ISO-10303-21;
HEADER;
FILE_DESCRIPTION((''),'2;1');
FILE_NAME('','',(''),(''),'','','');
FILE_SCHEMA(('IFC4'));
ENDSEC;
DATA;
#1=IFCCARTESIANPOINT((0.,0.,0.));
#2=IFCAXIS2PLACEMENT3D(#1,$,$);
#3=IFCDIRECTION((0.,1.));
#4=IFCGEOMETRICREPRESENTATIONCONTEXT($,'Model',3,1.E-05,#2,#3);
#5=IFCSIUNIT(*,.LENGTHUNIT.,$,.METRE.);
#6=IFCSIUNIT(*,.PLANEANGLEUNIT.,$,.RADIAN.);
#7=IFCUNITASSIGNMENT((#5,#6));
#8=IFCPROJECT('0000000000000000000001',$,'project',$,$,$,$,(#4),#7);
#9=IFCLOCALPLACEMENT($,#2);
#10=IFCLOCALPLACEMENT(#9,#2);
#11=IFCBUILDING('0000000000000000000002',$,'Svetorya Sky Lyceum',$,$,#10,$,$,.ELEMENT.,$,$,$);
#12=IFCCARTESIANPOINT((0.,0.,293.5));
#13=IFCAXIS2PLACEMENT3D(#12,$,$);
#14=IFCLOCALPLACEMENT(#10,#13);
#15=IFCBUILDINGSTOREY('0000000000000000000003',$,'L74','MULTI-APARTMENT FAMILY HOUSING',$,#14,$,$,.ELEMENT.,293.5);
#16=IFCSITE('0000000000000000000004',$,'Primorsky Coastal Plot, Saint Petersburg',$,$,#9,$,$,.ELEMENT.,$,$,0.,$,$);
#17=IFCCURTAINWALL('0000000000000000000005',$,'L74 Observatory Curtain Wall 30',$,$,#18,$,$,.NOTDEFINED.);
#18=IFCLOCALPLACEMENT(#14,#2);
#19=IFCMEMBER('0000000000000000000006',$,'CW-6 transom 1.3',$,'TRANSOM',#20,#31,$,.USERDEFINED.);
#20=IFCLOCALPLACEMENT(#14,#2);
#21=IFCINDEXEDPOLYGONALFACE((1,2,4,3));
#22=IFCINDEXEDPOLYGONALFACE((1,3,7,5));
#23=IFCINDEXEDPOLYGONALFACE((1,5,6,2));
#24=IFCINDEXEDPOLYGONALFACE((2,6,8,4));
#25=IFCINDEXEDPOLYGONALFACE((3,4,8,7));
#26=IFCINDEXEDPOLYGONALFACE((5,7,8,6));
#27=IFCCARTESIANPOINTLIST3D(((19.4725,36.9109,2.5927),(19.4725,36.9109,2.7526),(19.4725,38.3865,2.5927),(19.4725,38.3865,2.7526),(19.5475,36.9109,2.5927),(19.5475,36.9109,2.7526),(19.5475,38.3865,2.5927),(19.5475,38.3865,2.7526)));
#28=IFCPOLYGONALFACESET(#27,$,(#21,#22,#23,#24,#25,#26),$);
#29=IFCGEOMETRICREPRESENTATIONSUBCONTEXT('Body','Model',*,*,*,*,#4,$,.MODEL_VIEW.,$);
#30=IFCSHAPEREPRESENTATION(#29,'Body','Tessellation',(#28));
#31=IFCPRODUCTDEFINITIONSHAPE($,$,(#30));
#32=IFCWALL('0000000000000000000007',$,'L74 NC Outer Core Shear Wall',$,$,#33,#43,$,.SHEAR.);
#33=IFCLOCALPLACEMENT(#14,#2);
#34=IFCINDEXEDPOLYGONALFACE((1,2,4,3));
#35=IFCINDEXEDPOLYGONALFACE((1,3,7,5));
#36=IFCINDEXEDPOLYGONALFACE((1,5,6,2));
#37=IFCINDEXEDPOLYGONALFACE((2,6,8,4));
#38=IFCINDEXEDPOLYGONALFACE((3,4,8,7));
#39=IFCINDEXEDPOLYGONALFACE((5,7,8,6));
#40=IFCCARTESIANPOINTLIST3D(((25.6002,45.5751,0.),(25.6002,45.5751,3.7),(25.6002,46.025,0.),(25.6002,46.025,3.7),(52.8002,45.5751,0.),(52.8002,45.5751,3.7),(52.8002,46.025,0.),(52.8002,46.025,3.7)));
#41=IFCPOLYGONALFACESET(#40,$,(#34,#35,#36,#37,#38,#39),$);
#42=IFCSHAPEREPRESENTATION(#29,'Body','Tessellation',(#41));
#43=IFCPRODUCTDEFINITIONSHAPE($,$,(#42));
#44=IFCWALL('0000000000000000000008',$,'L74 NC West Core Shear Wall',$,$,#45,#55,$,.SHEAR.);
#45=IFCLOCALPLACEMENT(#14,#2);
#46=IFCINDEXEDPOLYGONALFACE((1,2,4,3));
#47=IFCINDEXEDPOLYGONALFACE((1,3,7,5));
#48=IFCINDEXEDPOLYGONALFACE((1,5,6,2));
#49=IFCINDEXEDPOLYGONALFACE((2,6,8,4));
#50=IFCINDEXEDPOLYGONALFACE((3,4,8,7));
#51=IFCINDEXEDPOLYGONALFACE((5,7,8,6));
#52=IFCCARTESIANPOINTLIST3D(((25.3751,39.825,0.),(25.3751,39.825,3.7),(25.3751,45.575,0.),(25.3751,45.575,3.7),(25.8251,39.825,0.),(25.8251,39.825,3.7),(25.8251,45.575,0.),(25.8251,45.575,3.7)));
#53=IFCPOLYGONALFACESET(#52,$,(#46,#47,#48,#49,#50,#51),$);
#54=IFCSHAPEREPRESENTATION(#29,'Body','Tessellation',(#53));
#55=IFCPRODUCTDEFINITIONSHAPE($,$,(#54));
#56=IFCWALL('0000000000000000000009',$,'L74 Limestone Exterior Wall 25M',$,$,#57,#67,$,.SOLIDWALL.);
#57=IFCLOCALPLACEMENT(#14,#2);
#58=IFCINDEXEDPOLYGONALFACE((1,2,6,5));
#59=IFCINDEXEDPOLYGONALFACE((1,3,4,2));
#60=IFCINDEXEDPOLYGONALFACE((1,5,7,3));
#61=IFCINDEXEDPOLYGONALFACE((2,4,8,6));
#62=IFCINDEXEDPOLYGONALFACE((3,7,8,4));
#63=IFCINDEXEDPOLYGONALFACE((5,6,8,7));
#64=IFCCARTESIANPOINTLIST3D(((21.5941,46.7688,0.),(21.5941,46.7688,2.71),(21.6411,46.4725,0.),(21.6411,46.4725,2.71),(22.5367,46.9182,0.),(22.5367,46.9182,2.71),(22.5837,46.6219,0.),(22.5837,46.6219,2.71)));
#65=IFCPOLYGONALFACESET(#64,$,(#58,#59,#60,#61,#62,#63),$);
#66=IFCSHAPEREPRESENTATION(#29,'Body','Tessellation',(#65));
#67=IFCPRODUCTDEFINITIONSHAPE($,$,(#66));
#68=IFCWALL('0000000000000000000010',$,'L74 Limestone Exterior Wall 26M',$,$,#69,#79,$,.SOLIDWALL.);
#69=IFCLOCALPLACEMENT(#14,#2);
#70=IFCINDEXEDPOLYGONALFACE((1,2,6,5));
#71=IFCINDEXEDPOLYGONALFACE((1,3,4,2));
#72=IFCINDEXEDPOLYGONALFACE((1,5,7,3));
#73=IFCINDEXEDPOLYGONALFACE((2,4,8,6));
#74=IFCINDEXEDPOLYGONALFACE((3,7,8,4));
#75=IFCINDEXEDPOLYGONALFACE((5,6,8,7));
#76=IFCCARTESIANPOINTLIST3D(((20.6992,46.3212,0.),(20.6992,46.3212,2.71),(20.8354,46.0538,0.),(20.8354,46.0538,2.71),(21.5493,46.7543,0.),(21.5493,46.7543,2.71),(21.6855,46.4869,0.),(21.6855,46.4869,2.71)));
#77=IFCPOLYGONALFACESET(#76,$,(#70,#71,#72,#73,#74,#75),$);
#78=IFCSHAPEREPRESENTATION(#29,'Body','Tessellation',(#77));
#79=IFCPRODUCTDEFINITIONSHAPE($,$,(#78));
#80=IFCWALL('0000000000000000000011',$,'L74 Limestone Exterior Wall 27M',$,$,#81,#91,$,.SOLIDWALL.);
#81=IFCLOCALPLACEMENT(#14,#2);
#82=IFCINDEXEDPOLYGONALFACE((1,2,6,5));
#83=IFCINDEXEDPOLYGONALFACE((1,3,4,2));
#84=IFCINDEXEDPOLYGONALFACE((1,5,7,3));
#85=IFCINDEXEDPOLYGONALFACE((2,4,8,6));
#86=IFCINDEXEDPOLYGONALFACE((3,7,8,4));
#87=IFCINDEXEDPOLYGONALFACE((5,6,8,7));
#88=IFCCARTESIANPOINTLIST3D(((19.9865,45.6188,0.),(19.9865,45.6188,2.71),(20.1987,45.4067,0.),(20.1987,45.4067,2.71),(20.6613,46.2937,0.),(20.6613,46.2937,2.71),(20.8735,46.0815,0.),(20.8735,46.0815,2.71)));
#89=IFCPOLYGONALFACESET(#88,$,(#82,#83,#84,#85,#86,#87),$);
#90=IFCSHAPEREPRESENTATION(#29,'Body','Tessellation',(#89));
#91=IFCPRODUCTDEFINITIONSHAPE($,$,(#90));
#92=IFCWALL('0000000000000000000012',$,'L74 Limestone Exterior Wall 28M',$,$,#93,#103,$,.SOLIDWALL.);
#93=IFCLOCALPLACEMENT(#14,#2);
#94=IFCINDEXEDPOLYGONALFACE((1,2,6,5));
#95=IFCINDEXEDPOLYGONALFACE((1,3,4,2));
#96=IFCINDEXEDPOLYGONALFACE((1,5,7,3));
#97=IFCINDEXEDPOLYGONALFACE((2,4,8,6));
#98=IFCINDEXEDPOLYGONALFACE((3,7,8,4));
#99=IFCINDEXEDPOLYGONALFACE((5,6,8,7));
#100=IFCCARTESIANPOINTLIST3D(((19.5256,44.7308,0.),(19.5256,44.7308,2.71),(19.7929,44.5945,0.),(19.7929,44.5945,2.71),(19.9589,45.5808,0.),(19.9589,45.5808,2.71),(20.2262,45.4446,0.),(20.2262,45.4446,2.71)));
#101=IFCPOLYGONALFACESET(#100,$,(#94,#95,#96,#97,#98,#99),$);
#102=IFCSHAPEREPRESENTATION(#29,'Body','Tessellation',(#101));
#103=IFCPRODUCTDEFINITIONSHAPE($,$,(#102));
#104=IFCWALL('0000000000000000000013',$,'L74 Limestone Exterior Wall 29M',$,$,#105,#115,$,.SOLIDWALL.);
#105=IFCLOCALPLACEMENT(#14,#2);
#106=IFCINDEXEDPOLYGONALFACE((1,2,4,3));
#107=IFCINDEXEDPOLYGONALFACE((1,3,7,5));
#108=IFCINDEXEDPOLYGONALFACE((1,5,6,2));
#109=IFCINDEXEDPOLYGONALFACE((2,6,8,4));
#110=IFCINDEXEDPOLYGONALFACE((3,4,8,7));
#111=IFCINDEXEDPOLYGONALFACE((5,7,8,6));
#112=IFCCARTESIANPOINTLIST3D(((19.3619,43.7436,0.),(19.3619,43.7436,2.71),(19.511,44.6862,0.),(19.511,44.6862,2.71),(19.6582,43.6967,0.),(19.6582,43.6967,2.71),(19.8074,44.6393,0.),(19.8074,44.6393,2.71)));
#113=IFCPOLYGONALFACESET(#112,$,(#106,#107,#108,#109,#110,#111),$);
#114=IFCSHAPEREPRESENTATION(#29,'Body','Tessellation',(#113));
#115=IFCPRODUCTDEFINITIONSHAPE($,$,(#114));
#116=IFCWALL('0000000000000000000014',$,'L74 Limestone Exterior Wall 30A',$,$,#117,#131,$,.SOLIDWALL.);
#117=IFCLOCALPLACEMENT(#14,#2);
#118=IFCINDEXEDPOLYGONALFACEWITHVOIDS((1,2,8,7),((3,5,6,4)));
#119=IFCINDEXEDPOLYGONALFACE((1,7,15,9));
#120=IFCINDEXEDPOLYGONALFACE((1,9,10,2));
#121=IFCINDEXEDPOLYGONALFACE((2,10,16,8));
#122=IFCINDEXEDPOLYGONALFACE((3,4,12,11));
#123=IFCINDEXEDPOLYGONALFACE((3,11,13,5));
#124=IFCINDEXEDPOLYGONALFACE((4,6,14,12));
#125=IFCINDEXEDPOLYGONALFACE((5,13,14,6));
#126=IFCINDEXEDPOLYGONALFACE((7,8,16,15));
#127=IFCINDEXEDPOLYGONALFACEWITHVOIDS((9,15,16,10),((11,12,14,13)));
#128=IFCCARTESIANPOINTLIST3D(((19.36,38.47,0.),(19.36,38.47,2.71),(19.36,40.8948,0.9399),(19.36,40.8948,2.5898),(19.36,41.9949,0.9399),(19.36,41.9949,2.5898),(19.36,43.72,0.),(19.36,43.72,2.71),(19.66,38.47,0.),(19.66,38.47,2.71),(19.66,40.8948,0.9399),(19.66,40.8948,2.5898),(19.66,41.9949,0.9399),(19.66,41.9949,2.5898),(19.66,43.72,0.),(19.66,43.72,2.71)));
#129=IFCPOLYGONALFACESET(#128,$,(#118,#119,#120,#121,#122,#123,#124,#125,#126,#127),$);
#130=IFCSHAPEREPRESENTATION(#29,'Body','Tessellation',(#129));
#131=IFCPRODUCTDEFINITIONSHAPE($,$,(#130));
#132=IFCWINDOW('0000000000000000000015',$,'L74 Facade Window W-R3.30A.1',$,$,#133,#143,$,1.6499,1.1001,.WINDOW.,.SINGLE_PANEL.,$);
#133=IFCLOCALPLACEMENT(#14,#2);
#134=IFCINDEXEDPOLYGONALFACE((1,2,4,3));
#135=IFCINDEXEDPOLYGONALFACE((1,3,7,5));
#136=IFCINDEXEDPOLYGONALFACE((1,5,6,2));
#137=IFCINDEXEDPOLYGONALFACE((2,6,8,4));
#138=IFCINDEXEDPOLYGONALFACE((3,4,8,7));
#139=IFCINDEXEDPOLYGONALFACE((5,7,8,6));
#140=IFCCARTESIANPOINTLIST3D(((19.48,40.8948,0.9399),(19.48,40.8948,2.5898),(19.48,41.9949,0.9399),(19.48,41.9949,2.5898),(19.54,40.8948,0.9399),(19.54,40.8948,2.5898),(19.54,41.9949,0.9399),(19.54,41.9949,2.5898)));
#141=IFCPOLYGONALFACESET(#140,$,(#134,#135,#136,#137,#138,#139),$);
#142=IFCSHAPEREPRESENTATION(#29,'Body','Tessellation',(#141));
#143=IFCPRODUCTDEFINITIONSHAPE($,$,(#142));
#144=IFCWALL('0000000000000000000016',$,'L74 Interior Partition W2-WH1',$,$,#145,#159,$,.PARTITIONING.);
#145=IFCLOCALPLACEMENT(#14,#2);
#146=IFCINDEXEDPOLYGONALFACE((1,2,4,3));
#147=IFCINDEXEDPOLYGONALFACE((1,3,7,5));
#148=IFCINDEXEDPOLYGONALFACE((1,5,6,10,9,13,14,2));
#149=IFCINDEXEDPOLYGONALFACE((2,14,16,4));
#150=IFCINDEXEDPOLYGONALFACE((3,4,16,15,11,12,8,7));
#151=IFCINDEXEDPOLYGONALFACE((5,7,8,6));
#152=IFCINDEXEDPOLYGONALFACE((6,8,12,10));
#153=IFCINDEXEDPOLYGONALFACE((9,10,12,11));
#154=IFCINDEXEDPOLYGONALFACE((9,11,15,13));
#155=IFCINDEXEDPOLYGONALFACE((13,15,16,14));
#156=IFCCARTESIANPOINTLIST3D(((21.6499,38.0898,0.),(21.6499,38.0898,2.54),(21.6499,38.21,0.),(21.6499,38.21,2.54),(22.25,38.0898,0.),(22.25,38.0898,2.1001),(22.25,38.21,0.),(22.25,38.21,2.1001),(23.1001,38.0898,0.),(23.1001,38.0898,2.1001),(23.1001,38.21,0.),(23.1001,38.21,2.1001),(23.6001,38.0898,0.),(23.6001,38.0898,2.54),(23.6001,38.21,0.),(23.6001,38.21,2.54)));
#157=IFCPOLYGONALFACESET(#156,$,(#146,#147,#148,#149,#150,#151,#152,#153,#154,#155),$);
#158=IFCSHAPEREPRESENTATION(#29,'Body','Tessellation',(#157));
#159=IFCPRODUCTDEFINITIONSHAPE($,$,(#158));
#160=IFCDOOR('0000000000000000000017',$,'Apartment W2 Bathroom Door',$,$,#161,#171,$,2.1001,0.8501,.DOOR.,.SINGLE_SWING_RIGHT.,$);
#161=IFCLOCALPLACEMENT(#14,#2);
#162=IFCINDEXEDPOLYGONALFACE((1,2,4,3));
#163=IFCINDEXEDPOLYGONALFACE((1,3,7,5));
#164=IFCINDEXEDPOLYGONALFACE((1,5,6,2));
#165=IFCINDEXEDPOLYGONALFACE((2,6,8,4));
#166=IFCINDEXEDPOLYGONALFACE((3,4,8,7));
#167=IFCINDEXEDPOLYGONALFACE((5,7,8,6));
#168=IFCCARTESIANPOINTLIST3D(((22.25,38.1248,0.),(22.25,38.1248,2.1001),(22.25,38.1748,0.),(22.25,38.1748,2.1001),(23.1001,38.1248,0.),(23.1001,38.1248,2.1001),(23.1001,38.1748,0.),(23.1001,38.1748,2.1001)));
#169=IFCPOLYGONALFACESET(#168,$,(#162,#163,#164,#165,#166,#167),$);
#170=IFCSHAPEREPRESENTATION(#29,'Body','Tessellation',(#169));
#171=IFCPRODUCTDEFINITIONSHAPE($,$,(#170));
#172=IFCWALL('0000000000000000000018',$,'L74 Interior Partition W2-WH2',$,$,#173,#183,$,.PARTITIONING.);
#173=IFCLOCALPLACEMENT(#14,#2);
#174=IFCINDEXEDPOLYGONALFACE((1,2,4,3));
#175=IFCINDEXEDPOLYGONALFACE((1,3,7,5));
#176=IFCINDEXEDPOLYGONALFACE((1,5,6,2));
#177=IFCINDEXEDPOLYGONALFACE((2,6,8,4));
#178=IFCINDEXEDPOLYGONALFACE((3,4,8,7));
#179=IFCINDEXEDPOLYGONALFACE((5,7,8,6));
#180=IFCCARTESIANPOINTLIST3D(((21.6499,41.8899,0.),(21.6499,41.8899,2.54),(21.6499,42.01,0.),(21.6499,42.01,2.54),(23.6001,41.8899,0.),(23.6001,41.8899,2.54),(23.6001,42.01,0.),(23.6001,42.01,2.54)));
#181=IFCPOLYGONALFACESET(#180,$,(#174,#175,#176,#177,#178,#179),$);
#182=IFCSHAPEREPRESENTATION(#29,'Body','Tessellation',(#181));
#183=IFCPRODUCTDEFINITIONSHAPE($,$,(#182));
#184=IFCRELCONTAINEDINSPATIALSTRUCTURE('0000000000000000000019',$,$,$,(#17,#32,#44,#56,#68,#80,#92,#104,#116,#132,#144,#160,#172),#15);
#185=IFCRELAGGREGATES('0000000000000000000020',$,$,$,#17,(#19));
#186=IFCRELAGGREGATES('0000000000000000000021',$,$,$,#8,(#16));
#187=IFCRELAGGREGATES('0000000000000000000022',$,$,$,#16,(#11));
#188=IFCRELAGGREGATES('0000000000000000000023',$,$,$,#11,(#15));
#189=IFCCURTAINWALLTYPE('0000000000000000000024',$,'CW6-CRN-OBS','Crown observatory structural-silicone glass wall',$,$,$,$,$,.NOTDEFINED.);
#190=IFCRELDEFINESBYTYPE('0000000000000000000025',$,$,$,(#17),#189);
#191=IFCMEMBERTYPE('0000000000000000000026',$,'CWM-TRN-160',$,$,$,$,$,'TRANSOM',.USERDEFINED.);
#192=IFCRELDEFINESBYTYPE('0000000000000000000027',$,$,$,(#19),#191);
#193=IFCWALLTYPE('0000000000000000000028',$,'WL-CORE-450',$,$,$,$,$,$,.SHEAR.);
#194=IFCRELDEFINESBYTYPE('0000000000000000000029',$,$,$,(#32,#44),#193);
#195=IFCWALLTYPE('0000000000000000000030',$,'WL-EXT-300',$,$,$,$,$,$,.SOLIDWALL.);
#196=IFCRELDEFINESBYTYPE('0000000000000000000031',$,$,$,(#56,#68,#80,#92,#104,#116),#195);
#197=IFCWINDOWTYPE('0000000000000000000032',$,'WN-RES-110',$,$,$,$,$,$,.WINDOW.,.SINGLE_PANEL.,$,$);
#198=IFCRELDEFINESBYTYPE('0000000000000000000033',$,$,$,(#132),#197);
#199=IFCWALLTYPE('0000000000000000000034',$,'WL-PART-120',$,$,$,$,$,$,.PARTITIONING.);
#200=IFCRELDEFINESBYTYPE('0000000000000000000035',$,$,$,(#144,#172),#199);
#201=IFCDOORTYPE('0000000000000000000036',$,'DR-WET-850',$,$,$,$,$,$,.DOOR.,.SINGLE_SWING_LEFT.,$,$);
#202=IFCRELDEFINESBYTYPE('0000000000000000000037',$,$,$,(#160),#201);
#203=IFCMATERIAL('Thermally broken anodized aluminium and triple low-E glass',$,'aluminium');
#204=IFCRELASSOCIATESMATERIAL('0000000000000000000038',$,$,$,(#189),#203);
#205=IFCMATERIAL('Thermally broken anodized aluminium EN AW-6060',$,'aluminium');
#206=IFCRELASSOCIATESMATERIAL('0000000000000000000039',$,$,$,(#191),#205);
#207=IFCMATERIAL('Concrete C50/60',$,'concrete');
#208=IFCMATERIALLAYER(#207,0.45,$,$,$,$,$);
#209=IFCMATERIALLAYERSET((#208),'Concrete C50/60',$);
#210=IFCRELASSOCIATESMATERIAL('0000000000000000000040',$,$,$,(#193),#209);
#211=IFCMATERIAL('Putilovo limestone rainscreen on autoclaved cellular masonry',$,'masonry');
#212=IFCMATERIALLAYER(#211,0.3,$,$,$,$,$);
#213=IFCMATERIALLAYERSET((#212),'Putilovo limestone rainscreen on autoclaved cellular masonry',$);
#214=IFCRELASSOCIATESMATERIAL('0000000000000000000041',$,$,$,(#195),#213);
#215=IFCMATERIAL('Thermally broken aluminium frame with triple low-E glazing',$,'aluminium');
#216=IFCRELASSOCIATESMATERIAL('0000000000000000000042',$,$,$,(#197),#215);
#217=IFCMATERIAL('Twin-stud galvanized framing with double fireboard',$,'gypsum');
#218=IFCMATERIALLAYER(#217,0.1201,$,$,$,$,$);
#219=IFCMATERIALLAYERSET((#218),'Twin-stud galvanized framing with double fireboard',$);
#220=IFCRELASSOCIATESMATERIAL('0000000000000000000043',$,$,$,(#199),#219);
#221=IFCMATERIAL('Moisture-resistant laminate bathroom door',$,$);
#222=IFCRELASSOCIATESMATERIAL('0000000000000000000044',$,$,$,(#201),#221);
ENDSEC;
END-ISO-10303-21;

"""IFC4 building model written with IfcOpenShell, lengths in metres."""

from ifc_helpers import new_model, si_unit, direction, frame, frame_2d, origin, origin_2d, place, context, subcontext, project, spatial, rectangle, extrude, material, layer, layer_set, material_profile, profile_set, type_object, element, fill, aggregate, save


model = new_model("IFC4")

# Units and contexts
model_context = context("Model", 3, precision=1e-05, world=origin(), true_north=direction((0.0, 1.0)))
body_context = subcontext(model_context, "Body", "Model", "MODEL_VIEW")
ifc_project = project(units=[si_unit("LENGTHUNIT", "METRE"), si_unit("PLANEANGLEUNIT", "RADIAN")], contexts=[model_context])

# Site, building, storey
site_placement = place(None, origin())
site = spatial("IfcSite", under=ifc_project, at=site_placement, Name="Primorsky Coastal Plot, Saint Petersburg", CompositionType="ELEMENT", RefElevation=0.0)
building_placement = place(site_placement, origin())
building = spatial("IfcBuilding", under=site, at=building_placement, Name="Svetorya Sky Lyceum", CompositionType="ELEMENT")
storey_placement = place(building_placement, frame((0.0, 0.0, 293.5)))
storey = spatial("IfcBuildingStorey", under=building, at=storey_placement, Name="L74", Description="MULTI-APARTMENT FAMILY HOUSING", CompositionType="ELEMENT", Elevation=293.5)

# Shared definitions
ifc_material_1 = material(Name="Concrete C50/60", Category="concrete")

# Curtain wall, member
ifc_material_2 = material(Name="Thermally broken anodized aluminium and triple low-E glass", Category="aluminium")
curtain_wall_type = type_object("IfcCurtainWallType", Name="CW6-CRN-OBS", Description="Crown observatory structural-silicone glass wall", PredefinedType="NOTDEFINED", material=ifc_material_2)
curtain_wall_placement = place(storey_placement, origin())
curtain_wall = element("IfcCurtainWall", 1, at=curtain_wall_placement, inside=storey, type_object=curtain_wall_type, Name="L74 Observatory Curtain Wall 30", PredefinedType="NOTDEFINED")
ifc_material_3 = material(Name="Thermally broken anodized aluminium EN AW-6060", Category="aluminium")
ifc_material_profile_1 = material_profile(ifc_material_3, rectangle(XDim=0.075, YDim=0.1599, at=origin_2d()), Name="ALU TRANSOM 75x160")
ifc_profile_set_1 = profile_set([ifc_material_profile_1], Name="Thermally broken anodized aluminium EN AW-6060")
member_type_1 = type_object("IfcMemberType", Name="CWM-TRN-160", ElementType="TRANSOM", PredefinedType="USERDEFINED", material=ifc_profile_set_1)
member_1_placement = place(storey_placement, frame((19.51, 38.3865, 2.6726), z_axis=(0.0, -1.0, 0.0), x_axis=(1.0, 0.0, 0.0)))
member_1 = element("IfcMember", 2, at=member_1_placement, type_object=member_type_1, Name="CW-6 transom 1.3", ObjectType="TRANSOM", PredefinedType="USERDEFINED", context=body_context, shape_type="SweptSolid", body=[
    extrude(rectangle(XDim=0.075, YDim=0.1599, at=origin_2d()), origin(), (0.0, 0.0, 1.0), 1.4756),
])
aggregate(curtain_wall, [member_1])

# Walls
ifc_layer_1 = layer(ifc_material_1, 0.45)
ifc_layer_set_1 = layer_set([ifc_layer_1], Name="Concrete C50/60")
wall_type_1 = type_object("IfcWallType", Name="WL-CORE-450", PredefinedType="SHEAR", material=ifc_layer_set_1)
wall_1_placement = place(storey_placement, frame((25.6001, 45.8, 0.0), z_axis=(0.0, 0.0, 1.0), x_axis=(1.0, 0.0, 0.0)))
element("IfcWall", 3, at=wall_1_placement, inside=storey, type_object=wall_type_1, Name="L74 NC Outer Core Shear Wall", PredefinedType="SHEAR", context=body_context, shape_type="SweptSolid", body=[
    extrude(rectangle(XDim=27.2, YDim=0.45, at=frame_2d((13.6001, 0.0))), origin(), (0.0, 0.0, 1.0), 3.7),
])
wall_2_placement = place(storey_placement, frame((25.6001, 39.825, 0.0), z_axis=(0.0, 0.0, 1.0), x_axis=(0.0, 1.0, 0.0)))
element("IfcWall", 4, at=wall_2_placement, inside=storey, type_object=wall_type_1, Name="L74 NC West Core Shear Wall", PredefinedType="SHEAR", context=body_context, shape_type="SweptSolid", body=[
    extrude(rectangle(XDim=5.75, YDim=0.45, at=frame_2d((2.875, 0.0))), origin(), (0.0, 0.0, 1.0), 3.7),
])
ifc_material_4 = material(Name="Putilovo limestone rainscreen on autoclaved cellular masonry", Category="masonry")
ifc_layer_2 = layer(ifc_material_4, 0.3)
ifc_layer_set_2 = layer_set([ifc_layer_2], Name="Putilovo limestone rainscreen on autoclaved cellular masonry")
wall_type_2 = type_object("IfcWallType", Name="WL-EXT-300", PredefinedType="SOLIDWALL", material=ifc_layer_set_2)
wall_3_placement = place(storey_placement, frame((22.5601, 46.77, 0.0), z_axis=(0.0, 0.0, 1.0), x_axis=(-0.987669, -0.156554, 0.0)))
element("IfcWall", 5, at=wall_3_placement, inside=storey, type_object=wall_type_2, Name="L74 Limestone Exterior Wall 25M", PredefinedType="SOLIDWALL", context=body_context, shape_type="SweptSolid", body=[
    extrude(rectangle(XDim=0.9543, YDim=0.3, at=frame_2d((0.4771, 0.0))), origin(), (0.0, 0.0, 1.0), 2.71),
])
wall_4_placement = place(storey_placement, frame((21.6174, 46.6206, 0.0), z_axis=(0.0, 0.0, 1.0), x_axis=(-0.891024, -0.453956, 0.0)))
element("IfcWall", 6, at=wall_4_placement, inside=storey, type_object=wall_type_2, Name="L74 Limestone Exterior Wall 26M", PredefinedType="SOLIDWALL", context=body_context, shape_type="SweptSolid", body=[
    extrude(rectangle(XDim=0.9541, YDim=0.3, at=frame_2d((0.4771, 0.0))), origin(), (0.0, 0.0, 1.0), 2.71),
])
wall_5_placement = place(storey_placement, frame((20.7673, 46.1875, 0.0), z_axis=(0.0, 0.0, 1.0), x_axis=(-0.707107, -0.707107, 0.0)))
element("IfcWall", 7, at=wall_5_placement, inside=storey, type_object=wall_type_2, Name="L74 Limestone Exterior Wall 27M", PredefinedType="SOLIDWALL", context=body_context, shape_type="SweptSolid", body=[
    extrude(rectangle(XDim=0.9543, YDim=0.3, at=frame_2d((0.4771, 0.0))), origin(), (0.0, 0.0, 1.0), 2.71),
])
wall_6_placement = place(storey_placement, frame((20.0925, 45.5127, 0.0), z_axis=(0.0, 0.0, 1.0), x_axis=(-0.45416, -0.89092, 0.0)))
element("IfcWall", 8, at=wall_6_placement, inside=storey, type_object=wall_type_2, Name="L74 Limestone Exterior Wall 28M", PredefinedType="SOLIDWALL", context=body_context, shape_type="SweptSolid", body=[
    extrude(rectangle(XDim=0.9541, YDim=0.3, at=frame_2d((0.4771, 0.0))), origin(), (0.0, 0.0, 1.0), 2.71),
])
wall_7_placement = place(storey_placement, frame((19.6592, 44.6626, 0.0), z_axis=(0.0, 0.0, 1.0), x_axis=(-0.156304, -0.987709, 0.0)))
element("IfcWall", 9, at=wall_7_placement, inside=storey, type_object=wall_type_2, Name="L74 Limestone Exterior Wall 29M", PredefinedType="SOLIDWALL", context=body_context, shape_type="SweptSolid", body=[
    extrude(rectangle(XDim=0.9543, YDim=0.3, at=frame_2d((0.4771, 0.0))), origin(), (0.0, 0.0, 1.0), 2.71),
])

# Wall, opening, window
wall_8_placement = place(storey_placement, frame((19.51, 43.72, 0.0), z_axis=(0.0, 0.0, 1.0), x_axis=(0.0, -1.0, 0.0)))
wall_8 = element("IfcWall", 10, at=wall_8_placement, inside=storey, type_object=wall_type_2, Name="L74 Limestone Exterior Wall 30A", PredefinedType="SOLIDWALL", context=body_context, shape_type="SweptSolid", body=[
    extrude(rectangle(XDim=5.25, YDim=0.3, at=frame_2d((2.625, 0.0))), origin(), (0.0, 0.0, 1.0), 2.71),
])
opening_1_placement = place(wall_8_placement, frame((1.7251, 0.0, 0.9399)))
opening_1 = element("IfcOpeningElement", 11, at=opening_1_placement, cuts=wall_8, PredefinedType="OPENING", context=body_context, shape_type="SweptSolid", body=[
    extrude(rectangle(XDim=1.1001, YDim=1.6499, at=frame_2d((0.55, 0.825))), frame((0.0, 0.1599, 0.0), z_axis=(0.0, -1.0, 0.0), x_axis=(1.0, 0.0, 0.0)), (0.0, 0.0, 1.0), 0.3201),
])
ifc_material_5 = material(Name="Thermally broken aluminium frame with triple low-E glazing", Category="aluminium")
window_type = type_object("IfcWindowType", Name="WN-RES-110", PartitioningType="SINGLE_PANEL", PredefinedType="WINDOW", material=ifc_material_5)
window_placement = place(opening_1_placement, origin())
window = element("IfcWindow", 12, at=window_placement, inside=storey, type_object=window_type, Name="L74 Facade Window W-R3.30A.1", OverallHeight=1.6499, OverallWidth=1.1001, PartitioningType="SINGLE_PANEL", PredefinedType="WINDOW", context=body_context, shape_type="SweptSolid", body=[
    extrude(rectangle(XDim=1.1001, YDim=1.6499, at=frame_2d((0.55, 0.825))), frame((0.0, 0.03, 0.0), z_axis=(0.0, -1.0, 0.0), x_axis=(1.0, 0.0, 0.0)), (0.0, 0.0, 1.0), 0.0601),
])
fill(opening_1, window)

# Wall, opening, door
ifc_material_6 = material(Name="Twin-stud galvanized framing with double fireboard", Category="gypsum")
ifc_layer_3 = layer(ifc_material_6, 0.1201)
ifc_layer_set_3 = layer_set([ifc_layer_3], Name="Twin-stud galvanized framing with double fireboard")
wall_type_3 = type_object("IfcWallType", Name="WL-PART-120", PredefinedType="PARTITIONING", material=ifc_layer_set_3)
wall_9_placement = place(storey_placement, frame((21.6499, 38.1499, 0.0), z_axis=(0.0, 0.0, 1.0), x_axis=(1.0, 0.0, 0.0)))
wall_9 = element("IfcWall", 13, at=wall_9_placement, inside=storey, type_object=wall_type_3, Name="L74 Interior Partition W2-WH1", PredefinedType="PARTITIONING", context=body_context, shape_type="SweptSolid", body=[
    extrude(rectangle(XDim=1.9502, YDim=0.1201, at=frame_2d((0.9751, 0.0))), origin(), (0.0, 0.0, 1.0), 2.54),
])
opening_2_placement = place(wall_9_placement, frame((0.6001, 0.0, 0.0)))
opening_2 = element("IfcOpeningElement", 14, at=opening_2_placement, cuts=wall_9, PredefinedType="OPENING", context=body_context, shape_type="SweptSolid", body=[
    extrude(rectangle(XDim=0.8501, YDim=2.1001, at=frame_2d((0.425, 1.05))), frame((0.0, 0.0701, 0.0), z_axis=(0.0, -1.0, 0.0), x_axis=(1.0, 0.0, 0.0)), (0.0, 0.0, 1.0), 0.1401),
])
ifc_material_7 = material(Name="Moisture-resistant laminate bathroom door")
door_type = type_object("IfcDoorType", Name="DR-WET-850", OperationType="SINGLE_SWING_LEFT", PredefinedType="DOOR", material=ifc_material_7)
door_placement = place(opening_2_placement, origin())
door = element("IfcDoor", 15, at=door_placement, inside=storey, type_object=door_type, Name="Apartment W2 Bathroom Door", OperationType="SINGLE_SWING_RIGHT", OverallHeight=2.1001, OverallWidth=0.8501, PredefinedType="DOOR", context=body_context, shape_type="SweptSolid", body=[
    extrude(rectangle(XDim=0.8501, YDim=2.1001, at=frame_2d((0.425, 1.05))), frame((0.0, 0.0249, 0.0), z_axis=(0.0, -1.0, 0.0), x_axis=(1.0, 0.0, 0.0)), (0.0, 0.0, 1.0), 0.05),
])
fill(opening_2, door)

# Wall
wall_10_placement = place(storey_placement, frame((21.6499, 41.95, 0.0), z_axis=(0.0, 0.0, 1.0), x_axis=(1.0, 0.0, 0.0)))
element("IfcWall", 16, at=wall_10_placement, inside=storey, type_object=wall_type_3, Name="L74 Interior Partition W2-WH2", PredefinedType="PARTITIONING", context=body_context, shape_type="SweptSolid", body=[
    extrude(rectangle(XDim=1.9502, YDim=0.1201, at=frame_2d((0.9751, 0.0))), origin(), (0.0, 0.0, 1.0), 2.54),
])

save(model, "model.ifc")
